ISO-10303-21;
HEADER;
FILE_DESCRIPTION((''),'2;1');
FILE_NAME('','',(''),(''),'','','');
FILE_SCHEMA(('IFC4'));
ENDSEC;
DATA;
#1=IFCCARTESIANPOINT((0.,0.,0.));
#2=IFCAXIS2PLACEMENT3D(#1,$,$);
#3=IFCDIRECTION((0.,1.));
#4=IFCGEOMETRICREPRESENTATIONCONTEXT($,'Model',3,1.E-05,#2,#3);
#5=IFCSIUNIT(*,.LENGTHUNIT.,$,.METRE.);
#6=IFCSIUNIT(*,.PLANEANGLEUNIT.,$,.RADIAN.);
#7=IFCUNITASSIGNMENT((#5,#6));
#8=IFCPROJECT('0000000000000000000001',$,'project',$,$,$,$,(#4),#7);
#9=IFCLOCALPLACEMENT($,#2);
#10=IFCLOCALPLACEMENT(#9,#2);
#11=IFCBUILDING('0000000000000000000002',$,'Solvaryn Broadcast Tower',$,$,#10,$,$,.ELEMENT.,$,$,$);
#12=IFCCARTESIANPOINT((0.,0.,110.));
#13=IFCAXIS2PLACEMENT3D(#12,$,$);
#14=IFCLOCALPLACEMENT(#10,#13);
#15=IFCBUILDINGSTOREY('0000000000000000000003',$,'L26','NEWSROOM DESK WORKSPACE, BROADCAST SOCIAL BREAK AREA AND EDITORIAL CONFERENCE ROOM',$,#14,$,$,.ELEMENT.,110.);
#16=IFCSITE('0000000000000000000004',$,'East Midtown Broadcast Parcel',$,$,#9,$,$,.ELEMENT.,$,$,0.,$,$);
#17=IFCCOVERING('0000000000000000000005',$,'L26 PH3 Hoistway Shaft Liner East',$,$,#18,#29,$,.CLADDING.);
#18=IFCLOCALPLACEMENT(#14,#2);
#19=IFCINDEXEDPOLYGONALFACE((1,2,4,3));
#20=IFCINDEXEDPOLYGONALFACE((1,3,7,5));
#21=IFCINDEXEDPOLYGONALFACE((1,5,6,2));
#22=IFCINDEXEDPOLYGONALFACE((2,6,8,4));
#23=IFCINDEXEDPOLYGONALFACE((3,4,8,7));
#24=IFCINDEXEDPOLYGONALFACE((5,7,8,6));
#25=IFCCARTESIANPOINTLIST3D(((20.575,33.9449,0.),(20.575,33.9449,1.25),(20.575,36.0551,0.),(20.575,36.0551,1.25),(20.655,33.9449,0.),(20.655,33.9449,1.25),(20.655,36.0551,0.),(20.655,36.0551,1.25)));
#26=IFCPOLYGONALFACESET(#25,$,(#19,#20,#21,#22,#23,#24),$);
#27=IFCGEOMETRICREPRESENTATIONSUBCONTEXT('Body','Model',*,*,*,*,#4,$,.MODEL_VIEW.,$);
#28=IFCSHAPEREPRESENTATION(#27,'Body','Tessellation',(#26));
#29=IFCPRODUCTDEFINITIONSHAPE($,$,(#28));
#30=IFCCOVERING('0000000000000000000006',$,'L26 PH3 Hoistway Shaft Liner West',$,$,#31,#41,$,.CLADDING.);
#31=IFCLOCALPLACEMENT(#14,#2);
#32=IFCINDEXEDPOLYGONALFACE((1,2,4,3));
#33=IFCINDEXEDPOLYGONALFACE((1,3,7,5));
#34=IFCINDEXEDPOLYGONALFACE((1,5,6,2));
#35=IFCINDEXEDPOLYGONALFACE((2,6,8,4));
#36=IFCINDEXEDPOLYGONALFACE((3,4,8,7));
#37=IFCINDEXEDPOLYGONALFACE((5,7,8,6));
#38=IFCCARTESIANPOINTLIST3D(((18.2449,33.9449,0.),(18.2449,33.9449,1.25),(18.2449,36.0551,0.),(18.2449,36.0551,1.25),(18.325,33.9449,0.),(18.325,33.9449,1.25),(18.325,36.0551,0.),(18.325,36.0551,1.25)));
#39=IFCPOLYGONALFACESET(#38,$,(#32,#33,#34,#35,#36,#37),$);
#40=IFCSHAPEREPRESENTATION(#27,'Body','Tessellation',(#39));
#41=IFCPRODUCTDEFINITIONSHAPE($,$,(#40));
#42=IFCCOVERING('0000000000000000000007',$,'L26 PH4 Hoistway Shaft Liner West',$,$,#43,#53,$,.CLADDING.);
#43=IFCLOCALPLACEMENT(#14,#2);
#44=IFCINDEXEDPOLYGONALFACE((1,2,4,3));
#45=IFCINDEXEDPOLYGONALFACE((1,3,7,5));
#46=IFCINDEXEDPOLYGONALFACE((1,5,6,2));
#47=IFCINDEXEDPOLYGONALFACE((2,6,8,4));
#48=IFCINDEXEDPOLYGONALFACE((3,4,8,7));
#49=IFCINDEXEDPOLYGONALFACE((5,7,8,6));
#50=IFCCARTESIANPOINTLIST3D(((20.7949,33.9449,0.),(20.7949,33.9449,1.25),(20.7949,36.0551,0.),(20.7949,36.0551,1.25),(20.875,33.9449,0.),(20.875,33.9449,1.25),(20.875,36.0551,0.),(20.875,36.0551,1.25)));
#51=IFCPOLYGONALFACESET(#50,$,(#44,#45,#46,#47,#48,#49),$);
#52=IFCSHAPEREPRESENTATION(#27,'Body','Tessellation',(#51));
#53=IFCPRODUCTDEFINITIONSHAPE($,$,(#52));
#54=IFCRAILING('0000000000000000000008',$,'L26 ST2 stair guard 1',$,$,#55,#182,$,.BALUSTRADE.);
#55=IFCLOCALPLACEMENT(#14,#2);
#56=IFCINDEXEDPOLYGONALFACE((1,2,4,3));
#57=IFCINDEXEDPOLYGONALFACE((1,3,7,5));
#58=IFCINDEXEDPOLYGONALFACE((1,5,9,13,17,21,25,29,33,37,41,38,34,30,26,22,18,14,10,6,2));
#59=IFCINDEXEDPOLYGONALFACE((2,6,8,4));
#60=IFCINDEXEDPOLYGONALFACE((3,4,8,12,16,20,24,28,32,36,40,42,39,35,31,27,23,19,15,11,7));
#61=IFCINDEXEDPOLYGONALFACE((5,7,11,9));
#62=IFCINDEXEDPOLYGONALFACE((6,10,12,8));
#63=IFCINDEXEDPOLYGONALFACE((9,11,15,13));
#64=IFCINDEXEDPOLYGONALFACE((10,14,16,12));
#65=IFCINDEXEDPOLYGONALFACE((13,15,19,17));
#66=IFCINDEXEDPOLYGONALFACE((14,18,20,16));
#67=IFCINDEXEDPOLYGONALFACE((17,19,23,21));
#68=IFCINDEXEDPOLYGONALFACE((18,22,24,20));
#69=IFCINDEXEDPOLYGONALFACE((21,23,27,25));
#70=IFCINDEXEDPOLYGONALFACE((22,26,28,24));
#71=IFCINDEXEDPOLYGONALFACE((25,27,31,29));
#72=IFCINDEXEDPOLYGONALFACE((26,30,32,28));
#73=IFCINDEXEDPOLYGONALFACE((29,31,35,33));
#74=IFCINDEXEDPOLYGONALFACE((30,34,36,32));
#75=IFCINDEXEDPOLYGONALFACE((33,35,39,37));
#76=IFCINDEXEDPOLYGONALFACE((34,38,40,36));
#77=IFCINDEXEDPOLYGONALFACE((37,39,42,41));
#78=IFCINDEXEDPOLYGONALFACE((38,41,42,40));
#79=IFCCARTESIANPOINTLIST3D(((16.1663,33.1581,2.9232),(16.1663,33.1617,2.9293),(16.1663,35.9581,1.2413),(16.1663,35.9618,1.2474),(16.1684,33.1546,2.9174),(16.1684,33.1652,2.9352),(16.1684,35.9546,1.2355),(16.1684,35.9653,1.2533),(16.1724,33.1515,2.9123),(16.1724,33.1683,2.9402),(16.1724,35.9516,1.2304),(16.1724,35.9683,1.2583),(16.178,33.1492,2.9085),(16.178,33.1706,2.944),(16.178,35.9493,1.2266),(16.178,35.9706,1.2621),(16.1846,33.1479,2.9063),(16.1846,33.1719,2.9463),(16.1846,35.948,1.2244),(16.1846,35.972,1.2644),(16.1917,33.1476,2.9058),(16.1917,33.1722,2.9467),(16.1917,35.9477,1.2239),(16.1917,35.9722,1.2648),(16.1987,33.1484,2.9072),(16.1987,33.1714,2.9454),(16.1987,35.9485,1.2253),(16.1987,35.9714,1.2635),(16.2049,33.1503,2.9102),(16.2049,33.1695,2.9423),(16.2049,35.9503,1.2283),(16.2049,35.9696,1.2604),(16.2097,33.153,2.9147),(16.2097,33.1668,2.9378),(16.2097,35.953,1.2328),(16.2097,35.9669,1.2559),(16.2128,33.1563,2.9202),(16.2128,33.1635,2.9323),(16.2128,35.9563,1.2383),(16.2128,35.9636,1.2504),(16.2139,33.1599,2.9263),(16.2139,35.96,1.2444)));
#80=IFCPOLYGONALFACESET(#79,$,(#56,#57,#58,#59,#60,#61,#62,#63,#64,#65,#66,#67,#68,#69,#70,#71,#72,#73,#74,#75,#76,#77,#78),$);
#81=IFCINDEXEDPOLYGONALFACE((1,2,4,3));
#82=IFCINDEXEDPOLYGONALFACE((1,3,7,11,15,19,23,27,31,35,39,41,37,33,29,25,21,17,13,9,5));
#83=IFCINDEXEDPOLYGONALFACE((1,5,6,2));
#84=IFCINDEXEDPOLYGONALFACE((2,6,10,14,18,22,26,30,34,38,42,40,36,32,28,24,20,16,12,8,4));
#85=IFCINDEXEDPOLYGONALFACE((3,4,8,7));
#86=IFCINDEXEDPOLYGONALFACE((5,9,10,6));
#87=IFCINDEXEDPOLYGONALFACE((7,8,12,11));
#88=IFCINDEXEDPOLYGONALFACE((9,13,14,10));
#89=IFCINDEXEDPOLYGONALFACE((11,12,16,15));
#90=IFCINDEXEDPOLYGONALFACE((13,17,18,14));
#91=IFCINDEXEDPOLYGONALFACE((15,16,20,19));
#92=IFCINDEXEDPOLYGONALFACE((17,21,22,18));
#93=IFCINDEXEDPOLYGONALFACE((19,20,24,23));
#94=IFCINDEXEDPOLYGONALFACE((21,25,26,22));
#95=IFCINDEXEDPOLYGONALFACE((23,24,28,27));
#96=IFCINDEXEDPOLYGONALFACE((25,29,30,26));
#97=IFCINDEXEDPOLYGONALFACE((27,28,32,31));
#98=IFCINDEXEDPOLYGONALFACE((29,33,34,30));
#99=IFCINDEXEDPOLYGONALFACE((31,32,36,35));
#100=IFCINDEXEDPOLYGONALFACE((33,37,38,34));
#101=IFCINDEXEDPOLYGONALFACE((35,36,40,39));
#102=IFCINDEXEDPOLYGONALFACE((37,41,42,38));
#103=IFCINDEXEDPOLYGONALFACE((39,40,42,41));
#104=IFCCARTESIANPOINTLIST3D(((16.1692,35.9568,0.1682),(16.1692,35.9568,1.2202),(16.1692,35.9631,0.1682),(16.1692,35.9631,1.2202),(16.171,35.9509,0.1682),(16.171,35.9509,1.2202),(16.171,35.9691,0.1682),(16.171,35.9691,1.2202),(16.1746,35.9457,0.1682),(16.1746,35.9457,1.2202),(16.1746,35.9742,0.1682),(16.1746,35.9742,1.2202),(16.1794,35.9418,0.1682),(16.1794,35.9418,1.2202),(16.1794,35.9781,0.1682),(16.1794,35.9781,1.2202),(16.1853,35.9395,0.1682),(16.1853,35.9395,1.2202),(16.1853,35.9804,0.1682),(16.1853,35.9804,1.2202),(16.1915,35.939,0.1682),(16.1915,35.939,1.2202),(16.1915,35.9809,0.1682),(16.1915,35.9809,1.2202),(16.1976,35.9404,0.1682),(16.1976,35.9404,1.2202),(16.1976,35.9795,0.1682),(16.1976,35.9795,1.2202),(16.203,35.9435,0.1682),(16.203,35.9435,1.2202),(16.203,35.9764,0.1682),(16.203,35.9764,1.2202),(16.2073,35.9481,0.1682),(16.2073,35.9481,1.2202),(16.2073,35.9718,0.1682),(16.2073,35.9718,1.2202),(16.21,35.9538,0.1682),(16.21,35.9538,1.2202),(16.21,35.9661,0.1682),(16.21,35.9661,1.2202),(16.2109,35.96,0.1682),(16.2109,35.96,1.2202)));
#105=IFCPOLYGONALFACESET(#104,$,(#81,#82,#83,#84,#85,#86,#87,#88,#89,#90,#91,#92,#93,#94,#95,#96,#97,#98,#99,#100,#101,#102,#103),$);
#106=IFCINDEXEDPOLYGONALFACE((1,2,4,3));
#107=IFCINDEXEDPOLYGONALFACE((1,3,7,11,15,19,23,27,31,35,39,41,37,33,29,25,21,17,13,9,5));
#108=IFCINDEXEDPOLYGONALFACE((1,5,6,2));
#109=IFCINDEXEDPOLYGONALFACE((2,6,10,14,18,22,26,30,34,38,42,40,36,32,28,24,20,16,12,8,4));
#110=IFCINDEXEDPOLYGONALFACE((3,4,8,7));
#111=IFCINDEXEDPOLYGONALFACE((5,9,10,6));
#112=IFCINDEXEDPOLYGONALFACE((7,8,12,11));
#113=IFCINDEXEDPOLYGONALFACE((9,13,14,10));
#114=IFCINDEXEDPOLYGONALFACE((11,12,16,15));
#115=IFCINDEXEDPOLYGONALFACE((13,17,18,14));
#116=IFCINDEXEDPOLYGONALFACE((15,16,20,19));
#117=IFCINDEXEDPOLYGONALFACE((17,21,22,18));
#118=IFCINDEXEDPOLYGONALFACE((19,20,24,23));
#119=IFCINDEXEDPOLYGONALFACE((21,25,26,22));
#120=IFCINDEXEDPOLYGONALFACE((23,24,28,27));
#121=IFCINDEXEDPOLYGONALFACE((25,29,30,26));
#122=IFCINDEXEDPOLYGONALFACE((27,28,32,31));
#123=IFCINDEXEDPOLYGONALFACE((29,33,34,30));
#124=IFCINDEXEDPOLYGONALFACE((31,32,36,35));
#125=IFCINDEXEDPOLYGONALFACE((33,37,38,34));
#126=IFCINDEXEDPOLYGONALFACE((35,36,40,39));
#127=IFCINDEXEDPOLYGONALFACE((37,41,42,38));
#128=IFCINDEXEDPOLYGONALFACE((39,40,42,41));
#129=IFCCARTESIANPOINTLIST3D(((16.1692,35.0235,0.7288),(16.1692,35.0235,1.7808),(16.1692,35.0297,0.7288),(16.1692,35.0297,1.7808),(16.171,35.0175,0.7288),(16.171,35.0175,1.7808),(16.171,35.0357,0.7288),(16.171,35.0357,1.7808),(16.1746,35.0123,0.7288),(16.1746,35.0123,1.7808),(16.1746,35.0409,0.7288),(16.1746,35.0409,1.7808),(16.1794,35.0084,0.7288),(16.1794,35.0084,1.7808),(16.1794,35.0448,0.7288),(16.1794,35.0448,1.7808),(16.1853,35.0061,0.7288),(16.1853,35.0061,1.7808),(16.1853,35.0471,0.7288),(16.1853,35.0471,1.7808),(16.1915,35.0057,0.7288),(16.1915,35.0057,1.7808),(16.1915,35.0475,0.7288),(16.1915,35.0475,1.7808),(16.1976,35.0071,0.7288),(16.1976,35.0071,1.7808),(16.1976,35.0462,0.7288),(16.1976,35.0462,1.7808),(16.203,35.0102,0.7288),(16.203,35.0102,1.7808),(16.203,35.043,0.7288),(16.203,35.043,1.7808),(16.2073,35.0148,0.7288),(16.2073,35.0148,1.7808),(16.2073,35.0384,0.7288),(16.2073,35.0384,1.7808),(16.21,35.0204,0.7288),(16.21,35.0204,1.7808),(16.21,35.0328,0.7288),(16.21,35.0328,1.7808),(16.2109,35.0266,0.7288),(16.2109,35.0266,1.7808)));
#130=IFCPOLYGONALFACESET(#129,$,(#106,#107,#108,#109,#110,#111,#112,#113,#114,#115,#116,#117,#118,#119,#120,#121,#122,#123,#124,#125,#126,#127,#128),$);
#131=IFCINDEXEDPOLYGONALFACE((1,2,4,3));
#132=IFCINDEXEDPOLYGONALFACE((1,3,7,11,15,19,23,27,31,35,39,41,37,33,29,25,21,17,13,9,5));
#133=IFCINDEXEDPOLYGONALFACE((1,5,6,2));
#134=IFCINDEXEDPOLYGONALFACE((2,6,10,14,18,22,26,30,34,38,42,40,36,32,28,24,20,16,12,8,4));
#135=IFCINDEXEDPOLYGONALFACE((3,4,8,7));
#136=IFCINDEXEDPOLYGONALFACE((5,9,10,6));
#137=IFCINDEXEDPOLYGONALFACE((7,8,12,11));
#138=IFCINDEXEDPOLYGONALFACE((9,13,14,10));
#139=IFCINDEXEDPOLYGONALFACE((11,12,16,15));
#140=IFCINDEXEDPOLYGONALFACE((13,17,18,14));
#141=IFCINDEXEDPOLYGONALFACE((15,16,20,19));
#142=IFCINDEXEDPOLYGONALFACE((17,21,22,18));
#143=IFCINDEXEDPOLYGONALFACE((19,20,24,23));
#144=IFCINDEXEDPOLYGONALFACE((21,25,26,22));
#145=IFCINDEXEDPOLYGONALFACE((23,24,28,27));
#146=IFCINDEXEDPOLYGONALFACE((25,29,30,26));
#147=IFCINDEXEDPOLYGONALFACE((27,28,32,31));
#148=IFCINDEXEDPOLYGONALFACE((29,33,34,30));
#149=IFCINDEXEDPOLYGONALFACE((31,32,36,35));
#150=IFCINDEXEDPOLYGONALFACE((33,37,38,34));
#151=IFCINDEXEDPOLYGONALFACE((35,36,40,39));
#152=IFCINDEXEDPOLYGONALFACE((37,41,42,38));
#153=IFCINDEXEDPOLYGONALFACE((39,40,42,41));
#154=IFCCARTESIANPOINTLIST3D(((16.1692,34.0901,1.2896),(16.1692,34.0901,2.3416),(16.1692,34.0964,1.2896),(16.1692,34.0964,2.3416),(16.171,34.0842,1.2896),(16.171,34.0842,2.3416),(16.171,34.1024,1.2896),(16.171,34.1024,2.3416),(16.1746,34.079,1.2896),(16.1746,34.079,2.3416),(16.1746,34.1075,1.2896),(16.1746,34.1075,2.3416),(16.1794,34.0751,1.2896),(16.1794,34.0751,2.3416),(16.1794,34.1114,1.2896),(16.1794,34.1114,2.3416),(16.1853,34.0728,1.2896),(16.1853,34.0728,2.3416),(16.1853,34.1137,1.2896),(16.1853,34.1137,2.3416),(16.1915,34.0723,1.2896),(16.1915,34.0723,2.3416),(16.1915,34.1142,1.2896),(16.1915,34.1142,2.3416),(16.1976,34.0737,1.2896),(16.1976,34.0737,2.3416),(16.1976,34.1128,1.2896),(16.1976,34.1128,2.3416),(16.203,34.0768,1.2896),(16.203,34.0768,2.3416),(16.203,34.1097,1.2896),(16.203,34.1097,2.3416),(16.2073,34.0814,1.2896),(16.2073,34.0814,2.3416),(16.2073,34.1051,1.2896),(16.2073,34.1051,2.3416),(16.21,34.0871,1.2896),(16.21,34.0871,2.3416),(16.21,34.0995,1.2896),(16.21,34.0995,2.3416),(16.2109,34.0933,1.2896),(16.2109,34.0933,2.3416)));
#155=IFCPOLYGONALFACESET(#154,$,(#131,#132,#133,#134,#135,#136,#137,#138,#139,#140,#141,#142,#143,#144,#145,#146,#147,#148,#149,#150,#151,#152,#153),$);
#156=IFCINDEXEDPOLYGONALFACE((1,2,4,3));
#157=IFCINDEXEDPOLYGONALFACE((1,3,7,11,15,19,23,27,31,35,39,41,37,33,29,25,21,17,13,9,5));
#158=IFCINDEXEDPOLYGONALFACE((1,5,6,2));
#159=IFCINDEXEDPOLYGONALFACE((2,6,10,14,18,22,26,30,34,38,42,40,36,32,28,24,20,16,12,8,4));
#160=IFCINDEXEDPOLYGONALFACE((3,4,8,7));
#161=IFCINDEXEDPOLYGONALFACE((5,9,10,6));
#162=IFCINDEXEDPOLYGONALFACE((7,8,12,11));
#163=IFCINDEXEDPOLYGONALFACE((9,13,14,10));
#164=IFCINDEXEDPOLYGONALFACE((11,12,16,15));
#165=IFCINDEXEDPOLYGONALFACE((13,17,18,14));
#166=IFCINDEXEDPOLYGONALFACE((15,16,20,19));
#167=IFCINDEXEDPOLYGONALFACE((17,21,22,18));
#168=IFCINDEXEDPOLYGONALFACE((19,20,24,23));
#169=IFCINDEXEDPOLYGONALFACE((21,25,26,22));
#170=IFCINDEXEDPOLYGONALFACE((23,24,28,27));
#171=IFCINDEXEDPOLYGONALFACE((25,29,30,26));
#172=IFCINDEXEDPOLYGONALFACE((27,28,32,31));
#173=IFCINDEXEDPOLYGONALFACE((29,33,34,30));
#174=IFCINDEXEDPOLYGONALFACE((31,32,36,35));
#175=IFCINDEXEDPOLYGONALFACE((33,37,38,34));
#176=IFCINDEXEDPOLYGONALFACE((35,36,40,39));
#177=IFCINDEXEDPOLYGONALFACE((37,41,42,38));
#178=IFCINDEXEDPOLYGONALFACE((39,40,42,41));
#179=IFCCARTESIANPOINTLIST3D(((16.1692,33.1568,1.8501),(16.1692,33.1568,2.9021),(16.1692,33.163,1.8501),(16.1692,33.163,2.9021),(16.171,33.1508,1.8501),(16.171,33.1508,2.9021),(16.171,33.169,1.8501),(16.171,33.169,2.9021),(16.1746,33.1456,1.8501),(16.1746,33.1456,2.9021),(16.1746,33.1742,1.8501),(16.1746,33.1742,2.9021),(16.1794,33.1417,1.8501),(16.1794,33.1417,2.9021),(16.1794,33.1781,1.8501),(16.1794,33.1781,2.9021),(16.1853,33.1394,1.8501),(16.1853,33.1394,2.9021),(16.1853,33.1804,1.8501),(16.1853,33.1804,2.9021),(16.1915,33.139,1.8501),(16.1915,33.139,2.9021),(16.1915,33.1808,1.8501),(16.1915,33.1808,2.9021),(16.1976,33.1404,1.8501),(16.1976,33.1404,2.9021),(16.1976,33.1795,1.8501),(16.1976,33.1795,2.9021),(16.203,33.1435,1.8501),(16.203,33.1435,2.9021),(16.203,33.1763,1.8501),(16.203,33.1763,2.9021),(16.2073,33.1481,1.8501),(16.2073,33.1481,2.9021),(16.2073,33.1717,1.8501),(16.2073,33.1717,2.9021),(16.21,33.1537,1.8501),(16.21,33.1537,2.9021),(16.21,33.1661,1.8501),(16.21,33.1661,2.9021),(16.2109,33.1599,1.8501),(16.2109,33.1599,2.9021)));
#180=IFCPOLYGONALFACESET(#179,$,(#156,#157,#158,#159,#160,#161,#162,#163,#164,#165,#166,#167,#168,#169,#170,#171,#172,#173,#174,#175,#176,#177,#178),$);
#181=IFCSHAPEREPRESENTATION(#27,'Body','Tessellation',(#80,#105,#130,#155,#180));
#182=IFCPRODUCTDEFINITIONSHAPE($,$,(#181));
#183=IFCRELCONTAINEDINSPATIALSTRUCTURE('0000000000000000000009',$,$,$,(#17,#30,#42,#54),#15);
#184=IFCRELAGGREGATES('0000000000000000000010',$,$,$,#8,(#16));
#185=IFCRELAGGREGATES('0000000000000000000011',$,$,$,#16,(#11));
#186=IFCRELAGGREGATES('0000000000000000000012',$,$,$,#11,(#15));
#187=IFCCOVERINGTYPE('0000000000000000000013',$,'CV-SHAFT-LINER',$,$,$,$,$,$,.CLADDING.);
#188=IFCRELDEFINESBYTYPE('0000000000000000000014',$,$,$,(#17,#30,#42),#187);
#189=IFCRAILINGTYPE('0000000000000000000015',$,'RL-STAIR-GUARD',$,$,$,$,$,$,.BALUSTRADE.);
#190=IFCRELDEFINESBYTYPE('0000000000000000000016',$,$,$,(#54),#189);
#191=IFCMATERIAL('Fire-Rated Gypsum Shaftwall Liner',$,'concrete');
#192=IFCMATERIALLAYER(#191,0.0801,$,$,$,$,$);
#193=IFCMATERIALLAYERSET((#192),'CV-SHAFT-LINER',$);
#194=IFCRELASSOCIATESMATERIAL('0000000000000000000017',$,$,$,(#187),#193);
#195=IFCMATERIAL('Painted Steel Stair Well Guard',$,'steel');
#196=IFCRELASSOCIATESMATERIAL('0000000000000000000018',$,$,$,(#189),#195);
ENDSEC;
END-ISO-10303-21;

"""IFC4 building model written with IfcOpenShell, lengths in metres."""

from ifc_helpers import new_model, si_unit, direction, frame, origin, origin_2d, place, context, subcontext, project, spatial, rectangle, circle, extrude, material, layer, layer_set, type_object, element, save


model = new_model("IFC4")

# Units and contexts
model_context = context("Model", 3, precision=1e-05, world=origin(), true_north=direction((0.0, 1.0)))
body_context = subcontext(model_context, "Body", "Model", "MODEL_VIEW")
ifc_project = project(units=[si_unit("LENGTHUNIT", "METRE"), si_unit("PLANEANGLEUNIT", "RADIAN")], contexts=[model_context])

# Site, building, storey
site_placement = place(None, origin())
site = spatial("IfcSite", under=ifc_project, at=site_placement, Name="East Midtown Broadcast Parcel", CompositionType="ELEMENT", RefElevation=0.0)
building_placement = place(site_placement, origin())
building = spatial("IfcBuilding", under=site, at=building_placement, Name="Solvaryn Broadcast Tower", CompositionType="ELEMENT")
storey_placement = place(building_placement, frame((0.0, 0.0, 110.0)))
storey = spatial("IfcBuildingStorey", under=building, at=storey_placement, Name="L26", Description="NEWSROOM DESK WORKSPACE, BROADCAST SOCIAL BREAK AREA AND EDITORIAL CONFERENCE ROOM", CompositionType="ELEMENT", Elevation=110.0)

# Coverings
ifc_material_1 = material(Name="Fire-Rated Gypsum Shaftwall Liner", Category="concrete")
ifc_layer_1 = layer(ifc_material_1, 0.0801)
ifc_layer_set_1 = layer_set([ifc_layer_1], Name="CV-SHAFT-LINER")
covering_type = type_object("IfcCoveringType", Name="CV-SHAFT-LINER", PredefinedType="CLADDING", material=ifc_layer_set_1)
for number, where, z_axis, x_axis, name in (
    (1, (20.615, 35.0, 0.0), (0.0, 0.0, 1.0), (1.0, 0.0, 0.0), "L26 PH3 Hoistway Shaft Liner East"),
    (2, (18.2849, 35.0, 0.0), (0.0, 0.0, 1.0), (1.0, 0.0, 0.0), "L26 PH3 Hoistway Shaft Liner West"),
    (3, (20.835, 35.0, 0.0), (0.0, 0.0, 1.0), (1.0, 0.0, 0.0), "L26 PH4 Hoistway Shaft Liner West"),
):
    element("IfcCovering", number, at=place(storey_placement, frame(where, z_axis=z_axis, x_axis=x_axis)), inside=storey, type_object=covering_type, Name=name, PredefinedType="CLADDING", context=body_context, shape_type="SweptSolid", body=[
        extrude(rectangle(XDim=0.0801, YDim=2.1101, at=origin_2d()), origin(), (0.0, 0.0, 1.0), 1.25),
    ])

# Railing
ifc_material_2 = material(Name="Painted Steel Stair Well Guard", Category="steel")
railing_type_1 = type_object("IfcRailingType", Name="RL-STAIR-GUARD", PredefinedType="BALUSTRADE", material=ifc_material_2)
railing_1_placement = place(storey_placement, frame((16.1899, 35.96, 0.1682)))
element("IfcRailing", 4, at=railing_1_placement, inside=storey, type_object=railing_type_1, Name="L26 ST2 stair guard 1", PredefinedType="BALUSTRADE", context=body_context, shape_type="SweptSolid", body=[
    extrude(circle(Radius=0.0239, at=origin_2d()), frame((0.0, 0.0, 1.0762), z_axis=(0.0, -0.857242, 0.514913), x_axis=(1.0, 0.0, 0.0)), (0.0, 0.0, 1.0), 3.2664),
    extrude(circle(Radius=0.021, at=origin_2d()), origin(), (0.0, 0.0, 1.0), 1.052),
    extrude(circle(Radius=0.021, at=origin_2d()), frame((0.0, -0.9333, 0.5605)), (0.0, 0.0, 1.0), 1.052),
    extrude(circle(Radius=0.021, at=origin_2d()), frame((0.0, -1.8667, 1.1213)), (0.0, 0.0, 1.0), 1.052),
    extrude(circle(Radius=0.021, at=origin_2d()), frame((0.0, -2.8, 1.6819)), (0.0, 0.0, 1.0), 1.052),
])

save(model, "model.ifc")
